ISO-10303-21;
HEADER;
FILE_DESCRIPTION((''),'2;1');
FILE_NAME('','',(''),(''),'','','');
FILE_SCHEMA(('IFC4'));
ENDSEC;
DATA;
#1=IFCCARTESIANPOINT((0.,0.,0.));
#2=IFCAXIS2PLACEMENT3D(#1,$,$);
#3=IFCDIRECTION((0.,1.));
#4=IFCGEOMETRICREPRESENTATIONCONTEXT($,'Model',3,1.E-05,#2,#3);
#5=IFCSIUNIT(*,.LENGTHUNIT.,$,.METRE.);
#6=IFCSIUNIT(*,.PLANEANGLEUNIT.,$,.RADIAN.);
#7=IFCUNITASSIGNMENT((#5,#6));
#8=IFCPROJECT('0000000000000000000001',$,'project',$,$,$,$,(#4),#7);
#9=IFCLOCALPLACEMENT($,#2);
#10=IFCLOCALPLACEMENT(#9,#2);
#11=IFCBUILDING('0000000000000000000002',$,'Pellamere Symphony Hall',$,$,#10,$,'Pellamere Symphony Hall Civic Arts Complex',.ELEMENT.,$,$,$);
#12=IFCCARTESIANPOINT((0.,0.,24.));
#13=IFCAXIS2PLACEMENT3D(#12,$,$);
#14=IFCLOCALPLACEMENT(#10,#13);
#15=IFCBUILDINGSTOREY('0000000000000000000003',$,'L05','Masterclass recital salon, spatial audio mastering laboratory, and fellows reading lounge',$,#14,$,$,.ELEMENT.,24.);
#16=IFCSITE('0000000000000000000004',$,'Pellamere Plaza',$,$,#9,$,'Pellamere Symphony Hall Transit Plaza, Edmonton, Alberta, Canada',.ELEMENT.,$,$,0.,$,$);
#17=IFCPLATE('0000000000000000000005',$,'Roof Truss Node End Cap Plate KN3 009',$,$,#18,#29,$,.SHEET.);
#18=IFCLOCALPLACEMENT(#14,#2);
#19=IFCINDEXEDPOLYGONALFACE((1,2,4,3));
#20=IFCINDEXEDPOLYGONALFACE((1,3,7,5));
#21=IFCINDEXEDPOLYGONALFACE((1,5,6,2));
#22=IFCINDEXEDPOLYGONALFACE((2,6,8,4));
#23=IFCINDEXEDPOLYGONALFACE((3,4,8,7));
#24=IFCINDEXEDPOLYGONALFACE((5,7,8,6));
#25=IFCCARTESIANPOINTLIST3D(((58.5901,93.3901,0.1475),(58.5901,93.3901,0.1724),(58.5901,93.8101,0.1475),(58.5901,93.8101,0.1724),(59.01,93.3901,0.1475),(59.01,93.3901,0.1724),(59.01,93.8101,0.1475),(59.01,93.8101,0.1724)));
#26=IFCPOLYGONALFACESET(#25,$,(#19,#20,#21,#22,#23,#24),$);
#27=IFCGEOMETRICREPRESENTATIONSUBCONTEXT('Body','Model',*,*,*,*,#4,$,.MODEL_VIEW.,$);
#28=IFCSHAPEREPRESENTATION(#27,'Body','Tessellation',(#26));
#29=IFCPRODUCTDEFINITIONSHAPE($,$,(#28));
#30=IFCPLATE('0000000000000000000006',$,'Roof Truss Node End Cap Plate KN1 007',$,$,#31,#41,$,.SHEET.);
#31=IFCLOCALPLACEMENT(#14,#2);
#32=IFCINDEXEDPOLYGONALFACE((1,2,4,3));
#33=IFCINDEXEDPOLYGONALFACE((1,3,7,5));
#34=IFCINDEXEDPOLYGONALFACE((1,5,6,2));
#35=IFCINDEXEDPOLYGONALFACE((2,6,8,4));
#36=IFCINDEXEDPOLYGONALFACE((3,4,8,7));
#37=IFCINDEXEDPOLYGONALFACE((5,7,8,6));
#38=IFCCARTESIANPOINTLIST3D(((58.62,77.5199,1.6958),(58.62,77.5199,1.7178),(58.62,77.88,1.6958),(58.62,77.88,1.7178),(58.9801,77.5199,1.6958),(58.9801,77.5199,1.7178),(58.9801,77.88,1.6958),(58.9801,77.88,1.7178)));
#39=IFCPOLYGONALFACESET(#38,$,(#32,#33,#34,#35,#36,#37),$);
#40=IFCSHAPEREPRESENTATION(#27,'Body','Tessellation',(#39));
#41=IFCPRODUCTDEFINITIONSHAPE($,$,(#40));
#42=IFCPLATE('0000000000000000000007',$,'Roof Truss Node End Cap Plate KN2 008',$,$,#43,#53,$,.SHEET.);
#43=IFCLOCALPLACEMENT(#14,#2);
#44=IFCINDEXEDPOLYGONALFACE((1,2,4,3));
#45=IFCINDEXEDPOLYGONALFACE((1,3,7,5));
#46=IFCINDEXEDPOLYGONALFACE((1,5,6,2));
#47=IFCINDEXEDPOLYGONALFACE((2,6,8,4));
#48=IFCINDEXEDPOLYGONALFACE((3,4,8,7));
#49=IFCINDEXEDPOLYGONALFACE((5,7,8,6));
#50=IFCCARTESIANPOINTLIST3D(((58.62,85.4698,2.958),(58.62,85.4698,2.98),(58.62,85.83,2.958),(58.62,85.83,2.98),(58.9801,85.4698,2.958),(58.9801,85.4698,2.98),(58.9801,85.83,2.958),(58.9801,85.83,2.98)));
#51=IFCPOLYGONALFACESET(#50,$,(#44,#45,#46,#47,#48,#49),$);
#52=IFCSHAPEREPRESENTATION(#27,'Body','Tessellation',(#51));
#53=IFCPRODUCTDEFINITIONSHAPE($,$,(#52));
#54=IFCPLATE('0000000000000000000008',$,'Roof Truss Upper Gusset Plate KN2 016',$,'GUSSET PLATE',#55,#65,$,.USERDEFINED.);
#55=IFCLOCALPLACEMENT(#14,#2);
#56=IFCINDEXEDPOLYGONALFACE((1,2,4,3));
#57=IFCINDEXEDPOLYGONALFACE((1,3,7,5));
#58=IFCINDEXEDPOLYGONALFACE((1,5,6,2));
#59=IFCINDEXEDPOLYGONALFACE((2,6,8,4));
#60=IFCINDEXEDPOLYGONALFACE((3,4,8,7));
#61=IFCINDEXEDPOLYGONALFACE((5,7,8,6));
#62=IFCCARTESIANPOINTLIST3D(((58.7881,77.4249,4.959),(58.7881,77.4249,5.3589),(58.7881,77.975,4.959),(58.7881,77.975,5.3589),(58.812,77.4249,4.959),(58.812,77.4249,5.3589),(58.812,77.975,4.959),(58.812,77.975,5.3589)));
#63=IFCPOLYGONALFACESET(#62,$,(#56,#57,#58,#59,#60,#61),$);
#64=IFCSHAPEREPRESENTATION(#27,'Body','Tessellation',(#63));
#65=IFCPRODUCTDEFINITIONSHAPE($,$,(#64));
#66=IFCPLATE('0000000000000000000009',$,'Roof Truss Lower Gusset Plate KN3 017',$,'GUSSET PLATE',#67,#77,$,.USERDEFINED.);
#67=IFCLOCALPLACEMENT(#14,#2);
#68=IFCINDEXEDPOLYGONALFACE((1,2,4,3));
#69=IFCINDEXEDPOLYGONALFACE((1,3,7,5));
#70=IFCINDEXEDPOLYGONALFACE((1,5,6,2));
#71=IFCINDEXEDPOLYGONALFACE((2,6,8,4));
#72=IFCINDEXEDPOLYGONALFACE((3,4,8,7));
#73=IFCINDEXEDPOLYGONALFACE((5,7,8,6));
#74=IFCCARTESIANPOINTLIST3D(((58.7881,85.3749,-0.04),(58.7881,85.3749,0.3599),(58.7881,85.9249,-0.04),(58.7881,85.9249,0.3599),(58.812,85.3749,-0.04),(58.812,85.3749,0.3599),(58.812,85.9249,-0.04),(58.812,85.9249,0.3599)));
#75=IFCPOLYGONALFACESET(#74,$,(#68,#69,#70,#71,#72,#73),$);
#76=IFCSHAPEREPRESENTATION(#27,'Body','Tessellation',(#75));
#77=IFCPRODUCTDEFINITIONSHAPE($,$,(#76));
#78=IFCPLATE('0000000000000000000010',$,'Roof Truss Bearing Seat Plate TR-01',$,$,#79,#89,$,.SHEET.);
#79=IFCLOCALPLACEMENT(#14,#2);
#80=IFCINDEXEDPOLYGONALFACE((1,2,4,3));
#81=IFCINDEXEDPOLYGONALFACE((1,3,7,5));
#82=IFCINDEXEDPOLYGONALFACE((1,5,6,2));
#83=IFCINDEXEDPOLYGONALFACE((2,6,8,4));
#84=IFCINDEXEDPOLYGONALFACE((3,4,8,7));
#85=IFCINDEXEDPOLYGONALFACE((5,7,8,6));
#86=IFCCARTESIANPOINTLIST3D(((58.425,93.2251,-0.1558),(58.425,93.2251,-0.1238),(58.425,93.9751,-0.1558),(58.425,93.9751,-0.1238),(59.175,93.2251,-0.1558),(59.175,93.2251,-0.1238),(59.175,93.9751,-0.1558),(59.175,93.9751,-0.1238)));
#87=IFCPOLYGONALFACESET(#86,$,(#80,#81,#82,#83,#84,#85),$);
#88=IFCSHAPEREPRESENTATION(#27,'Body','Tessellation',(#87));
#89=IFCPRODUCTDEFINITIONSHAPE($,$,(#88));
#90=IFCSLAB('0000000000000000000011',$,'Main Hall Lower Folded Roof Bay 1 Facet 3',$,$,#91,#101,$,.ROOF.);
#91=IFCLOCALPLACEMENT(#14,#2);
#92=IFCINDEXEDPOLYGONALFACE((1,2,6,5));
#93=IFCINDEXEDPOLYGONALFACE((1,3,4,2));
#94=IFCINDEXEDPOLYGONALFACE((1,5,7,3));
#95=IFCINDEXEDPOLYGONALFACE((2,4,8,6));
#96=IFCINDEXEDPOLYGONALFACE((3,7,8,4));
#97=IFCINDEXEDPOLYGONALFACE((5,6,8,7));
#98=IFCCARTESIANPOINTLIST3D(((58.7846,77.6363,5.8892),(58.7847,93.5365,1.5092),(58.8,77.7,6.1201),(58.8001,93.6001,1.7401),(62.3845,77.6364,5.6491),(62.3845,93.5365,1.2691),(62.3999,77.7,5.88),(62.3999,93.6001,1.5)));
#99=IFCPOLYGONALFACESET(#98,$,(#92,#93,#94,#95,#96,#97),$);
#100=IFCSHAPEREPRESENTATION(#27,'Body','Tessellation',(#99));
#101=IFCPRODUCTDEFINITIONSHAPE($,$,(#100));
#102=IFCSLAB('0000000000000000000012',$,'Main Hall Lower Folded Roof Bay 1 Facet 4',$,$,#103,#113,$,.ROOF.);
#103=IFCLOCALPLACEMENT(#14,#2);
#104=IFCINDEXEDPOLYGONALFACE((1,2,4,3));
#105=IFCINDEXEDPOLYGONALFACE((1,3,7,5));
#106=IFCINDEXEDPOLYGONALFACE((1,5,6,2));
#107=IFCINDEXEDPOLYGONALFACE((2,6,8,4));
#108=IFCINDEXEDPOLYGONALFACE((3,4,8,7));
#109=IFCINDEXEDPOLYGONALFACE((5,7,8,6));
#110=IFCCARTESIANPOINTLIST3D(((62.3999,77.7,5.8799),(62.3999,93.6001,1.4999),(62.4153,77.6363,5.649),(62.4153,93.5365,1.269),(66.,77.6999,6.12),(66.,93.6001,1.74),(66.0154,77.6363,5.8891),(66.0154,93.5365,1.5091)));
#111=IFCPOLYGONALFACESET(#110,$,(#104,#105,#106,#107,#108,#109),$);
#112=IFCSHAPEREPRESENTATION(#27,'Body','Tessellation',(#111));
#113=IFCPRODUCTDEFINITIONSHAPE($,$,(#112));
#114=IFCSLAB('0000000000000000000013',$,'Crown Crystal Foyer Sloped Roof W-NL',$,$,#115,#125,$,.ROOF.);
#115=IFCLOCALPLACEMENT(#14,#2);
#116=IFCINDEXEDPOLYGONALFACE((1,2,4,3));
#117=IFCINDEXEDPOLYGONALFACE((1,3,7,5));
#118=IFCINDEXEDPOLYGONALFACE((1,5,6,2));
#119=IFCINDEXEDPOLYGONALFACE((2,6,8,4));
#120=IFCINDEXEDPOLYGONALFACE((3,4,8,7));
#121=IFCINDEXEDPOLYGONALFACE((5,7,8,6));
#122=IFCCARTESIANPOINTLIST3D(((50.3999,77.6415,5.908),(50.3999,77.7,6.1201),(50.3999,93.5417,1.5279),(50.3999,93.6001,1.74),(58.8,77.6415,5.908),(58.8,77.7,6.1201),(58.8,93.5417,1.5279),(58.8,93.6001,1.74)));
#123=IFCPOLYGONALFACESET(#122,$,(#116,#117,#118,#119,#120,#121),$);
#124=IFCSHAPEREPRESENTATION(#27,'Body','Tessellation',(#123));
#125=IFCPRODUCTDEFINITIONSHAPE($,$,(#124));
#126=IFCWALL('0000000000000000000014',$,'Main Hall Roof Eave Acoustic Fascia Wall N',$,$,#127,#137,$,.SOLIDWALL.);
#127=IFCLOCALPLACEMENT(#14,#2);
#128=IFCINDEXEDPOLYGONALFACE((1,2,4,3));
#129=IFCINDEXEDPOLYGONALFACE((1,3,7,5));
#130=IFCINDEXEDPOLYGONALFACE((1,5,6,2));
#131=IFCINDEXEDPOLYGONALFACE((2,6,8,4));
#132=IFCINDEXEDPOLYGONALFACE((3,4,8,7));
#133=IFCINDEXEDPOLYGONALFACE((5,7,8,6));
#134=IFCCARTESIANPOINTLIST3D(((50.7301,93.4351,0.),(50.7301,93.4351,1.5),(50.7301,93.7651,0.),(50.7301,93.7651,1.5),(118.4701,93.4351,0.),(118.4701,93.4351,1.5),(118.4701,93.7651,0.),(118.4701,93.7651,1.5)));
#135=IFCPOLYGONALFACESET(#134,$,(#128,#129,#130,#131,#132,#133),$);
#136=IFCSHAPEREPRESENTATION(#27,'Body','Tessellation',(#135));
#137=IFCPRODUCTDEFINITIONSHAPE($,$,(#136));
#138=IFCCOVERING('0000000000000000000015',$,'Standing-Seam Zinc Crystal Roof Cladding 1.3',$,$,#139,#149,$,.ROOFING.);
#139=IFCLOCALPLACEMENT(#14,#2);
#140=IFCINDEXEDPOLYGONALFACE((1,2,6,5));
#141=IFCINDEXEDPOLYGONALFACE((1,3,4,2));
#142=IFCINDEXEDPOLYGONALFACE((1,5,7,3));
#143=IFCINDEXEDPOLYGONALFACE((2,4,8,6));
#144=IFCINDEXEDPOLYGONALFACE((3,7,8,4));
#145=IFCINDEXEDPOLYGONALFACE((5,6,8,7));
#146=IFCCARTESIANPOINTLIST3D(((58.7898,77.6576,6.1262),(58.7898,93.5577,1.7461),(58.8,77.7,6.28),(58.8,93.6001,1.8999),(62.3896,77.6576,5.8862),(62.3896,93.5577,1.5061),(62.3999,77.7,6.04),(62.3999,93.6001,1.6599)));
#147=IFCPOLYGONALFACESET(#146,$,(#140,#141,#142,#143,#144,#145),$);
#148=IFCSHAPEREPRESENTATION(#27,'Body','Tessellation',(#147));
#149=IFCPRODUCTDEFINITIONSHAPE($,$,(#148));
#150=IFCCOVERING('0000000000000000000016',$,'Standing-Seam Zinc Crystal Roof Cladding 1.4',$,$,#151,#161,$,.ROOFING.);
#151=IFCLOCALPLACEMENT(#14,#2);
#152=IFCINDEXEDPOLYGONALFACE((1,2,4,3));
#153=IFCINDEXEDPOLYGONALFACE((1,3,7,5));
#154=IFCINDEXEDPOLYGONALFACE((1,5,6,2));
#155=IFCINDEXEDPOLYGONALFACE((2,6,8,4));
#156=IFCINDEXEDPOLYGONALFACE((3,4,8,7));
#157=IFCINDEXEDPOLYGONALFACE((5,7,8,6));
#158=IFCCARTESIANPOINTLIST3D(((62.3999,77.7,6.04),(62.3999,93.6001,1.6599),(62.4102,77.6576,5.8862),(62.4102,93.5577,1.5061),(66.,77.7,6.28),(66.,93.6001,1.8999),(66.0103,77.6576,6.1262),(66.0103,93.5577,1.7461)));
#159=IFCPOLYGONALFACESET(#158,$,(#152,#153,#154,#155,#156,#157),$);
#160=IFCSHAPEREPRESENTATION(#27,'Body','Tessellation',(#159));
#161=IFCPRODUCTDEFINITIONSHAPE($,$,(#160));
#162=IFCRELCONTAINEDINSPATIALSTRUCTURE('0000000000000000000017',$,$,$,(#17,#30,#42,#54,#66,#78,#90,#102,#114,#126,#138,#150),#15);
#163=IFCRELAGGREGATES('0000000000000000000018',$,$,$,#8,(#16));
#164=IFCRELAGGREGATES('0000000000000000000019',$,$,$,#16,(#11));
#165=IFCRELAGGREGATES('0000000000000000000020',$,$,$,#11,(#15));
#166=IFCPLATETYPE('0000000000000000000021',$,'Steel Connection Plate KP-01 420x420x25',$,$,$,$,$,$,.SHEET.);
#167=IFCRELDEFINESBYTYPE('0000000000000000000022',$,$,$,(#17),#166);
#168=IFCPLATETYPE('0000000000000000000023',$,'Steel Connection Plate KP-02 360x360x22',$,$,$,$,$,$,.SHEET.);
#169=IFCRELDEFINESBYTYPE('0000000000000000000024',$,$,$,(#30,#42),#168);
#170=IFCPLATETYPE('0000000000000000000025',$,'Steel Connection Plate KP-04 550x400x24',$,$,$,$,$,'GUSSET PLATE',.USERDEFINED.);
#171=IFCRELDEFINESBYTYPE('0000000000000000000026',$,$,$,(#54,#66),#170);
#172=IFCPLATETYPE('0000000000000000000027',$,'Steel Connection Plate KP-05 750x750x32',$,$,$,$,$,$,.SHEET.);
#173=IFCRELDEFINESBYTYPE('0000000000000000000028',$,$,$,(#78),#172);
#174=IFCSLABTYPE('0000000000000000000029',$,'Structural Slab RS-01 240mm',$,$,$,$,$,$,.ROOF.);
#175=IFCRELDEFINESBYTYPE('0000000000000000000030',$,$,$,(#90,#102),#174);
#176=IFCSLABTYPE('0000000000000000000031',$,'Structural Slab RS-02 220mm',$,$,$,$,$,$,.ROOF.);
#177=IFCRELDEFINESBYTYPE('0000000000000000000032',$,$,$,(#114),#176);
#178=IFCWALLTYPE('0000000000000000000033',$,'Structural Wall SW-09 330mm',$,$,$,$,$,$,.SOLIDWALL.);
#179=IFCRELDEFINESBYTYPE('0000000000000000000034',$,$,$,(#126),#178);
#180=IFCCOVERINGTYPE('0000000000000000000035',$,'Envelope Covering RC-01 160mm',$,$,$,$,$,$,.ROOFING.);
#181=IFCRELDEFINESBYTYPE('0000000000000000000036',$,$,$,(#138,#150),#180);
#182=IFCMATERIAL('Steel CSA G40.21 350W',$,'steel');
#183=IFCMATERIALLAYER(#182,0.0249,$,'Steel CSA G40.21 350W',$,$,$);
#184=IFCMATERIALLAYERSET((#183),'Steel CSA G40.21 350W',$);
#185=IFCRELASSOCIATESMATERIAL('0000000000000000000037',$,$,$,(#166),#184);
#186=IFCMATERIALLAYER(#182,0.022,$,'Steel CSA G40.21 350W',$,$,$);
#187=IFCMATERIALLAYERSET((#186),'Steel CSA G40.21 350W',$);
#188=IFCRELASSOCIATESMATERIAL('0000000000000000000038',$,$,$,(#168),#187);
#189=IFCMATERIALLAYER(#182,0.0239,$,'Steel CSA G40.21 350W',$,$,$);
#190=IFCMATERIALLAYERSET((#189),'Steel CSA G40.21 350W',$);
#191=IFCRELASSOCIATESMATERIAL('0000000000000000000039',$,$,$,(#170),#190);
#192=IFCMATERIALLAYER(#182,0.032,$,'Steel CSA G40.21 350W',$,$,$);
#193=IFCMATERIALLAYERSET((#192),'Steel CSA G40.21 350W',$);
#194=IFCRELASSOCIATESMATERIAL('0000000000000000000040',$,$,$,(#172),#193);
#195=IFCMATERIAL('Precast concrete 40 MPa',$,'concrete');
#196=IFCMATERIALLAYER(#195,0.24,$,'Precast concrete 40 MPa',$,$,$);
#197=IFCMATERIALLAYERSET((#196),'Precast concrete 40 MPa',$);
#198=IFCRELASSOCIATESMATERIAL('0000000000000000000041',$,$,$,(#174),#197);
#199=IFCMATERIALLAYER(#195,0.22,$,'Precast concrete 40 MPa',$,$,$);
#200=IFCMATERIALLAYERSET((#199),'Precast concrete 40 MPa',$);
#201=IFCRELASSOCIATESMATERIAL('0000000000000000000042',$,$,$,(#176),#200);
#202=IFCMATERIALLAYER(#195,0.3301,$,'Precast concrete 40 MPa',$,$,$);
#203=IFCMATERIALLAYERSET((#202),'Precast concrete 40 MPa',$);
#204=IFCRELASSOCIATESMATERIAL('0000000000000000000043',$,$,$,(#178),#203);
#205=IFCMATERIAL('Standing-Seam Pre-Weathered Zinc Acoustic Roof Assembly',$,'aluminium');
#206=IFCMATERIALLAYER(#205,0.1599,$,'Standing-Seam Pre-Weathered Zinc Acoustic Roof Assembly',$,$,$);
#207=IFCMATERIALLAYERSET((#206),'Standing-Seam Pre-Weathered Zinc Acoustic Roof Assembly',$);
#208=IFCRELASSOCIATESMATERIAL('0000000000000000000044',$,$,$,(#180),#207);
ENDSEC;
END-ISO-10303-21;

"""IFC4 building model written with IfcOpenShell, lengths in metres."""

from ifc_helpers import new_model, si_unit, direction, frame, frame_2d, origin, origin_2d, place, context, subcontext, project, spatial, polyline, rectangle, outline, extrude, material, layer, layer_set, type_object, element, save


model = new_model("IFC4")

# Units and contexts
model_context = context("Model", 3, precision=1e-05, world=origin(), true_north=direction((0.0, 1.0)))
body_context = subcontext(model_context, "Body", "Model", "MODEL_VIEW")
ifc_project = project(units=[si_unit("LENGTHUNIT", "METRE"), si_unit("PLANEANGLEUNIT", "RADIAN")], contexts=[model_context])

# Site, building, storey
site_placement = place(None, origin())
site = spatial("IfcSite", under=ifc_project, at=site_placement, Name="Pellamere Plaza", LongName="Pellamere Symphony Hall Transit Plaza, Edmonton, Alberta, Canada", CompositionType="ELEMENT", RefElevation=0.0)
building_placement = place(site_placement, origin())
building = spatial("IfcBuilding", under=site, at=building_placement, Name="Pellamere Symphony Hall", LongName="Pellamere Symphony Hall Civic Arts Complex", CompositionType="ELEMENT")
storey_placement = place(building_placement, frame((0.0, 0.0, 24.0)))
storey = spatial("IfcBuildingStorey", under=building, at=storey_placement, Name="L05", Description="Masterclass recital salon, spatial audio mastering laboratory, and fellows reading lounge", CompositionType="ELEMENT", Elevation=24.0)

# Shared definitions
ifc_material_1 = material(Name="Steel CSA G40.21 350W", Category="steel")

# Plates
ifc_layer_1 = layer(ifc_material_1, 0.0249, Name="Steel CSA G40.21 350W")
ifc_layer_set_1 = layer_set([ifc_layer_1], Name="Steel CSA G40.21 350W")
plate_type_1 = type_object("IfcPlateType", Name="Steel Connection Plate KP-01 420x420x25", PredefinedType="SHEET", material=ifc_layer_set_1)
plate_1_placement = place(storey_placement, frame((58.8, 93.6001, 0.1475), z_axis=(0.0, 0.0, 1.0), x_axis=(1.0, 0.0, 0.0)))
element("IfcPlate", 1, at=plate_1_placement, inside=storey, type_object=plate_type_1, Name="Roof Truss Node End Cap Plate KN3 009", PredefinedType="SHEET", context=body_context, shape_type="SweptSolid", body=[
    extrude(rectangle(XDim=0.4199, YDim=0.4199, at=origin_2d()), origin(), (0.0, 0.0, 1.0), 0.0249),
])
ifc_layer_2 = layer(ifc_material_1, 0.022, Name="Steel CSA G40.21 350W")
ifc_layer_set_2 = layer_set([ifc_layer_2], Name="Steel CSA G40.21 350W")
plate_type_2 = type_object("IfcPlateType", Name="Steel Connection Plate KP-02 360x360x22", PredefinedType="SHEET", material=ifc_layer_set_2)
for number, where, z_axis, x_axis, name in (
    (2, (58.8, 77.7, 1.6958), (0.0, 0.0, 1.0), (1.0, 0.0, 0.0), "Roof Truss Node End Cap Plate KN1 007"),
    (3, (58.8, 85.6499, 2.958), (0.0, 0.0, 1.0), (1.0, 0.0, 0.0), "Roof Truss Node End Cap Plate KN2 008"),
):
    element("IfcPlate", number, at=place(storey_placement, frame(where, z_axis=z_axis, x_axis=x_axis)), inside=storey, type_object=plate_type_2, Name=name, PredefinedType="SHEET", context=body_context, shape_type="SweptSolid", body=[
        extrude(rectangle(XDim=0.3601, YDim=0.3601, at=origin_2d()), origin(), (0.0, 0.0, 1.0), 0.022),
    ])
ifc_layer_3 = layer(ifc_material_1, 0.0239, Name="Steel CSA G40.21 350W")
ifc_layer_set_3 = layer_set([ifc_layer_3], Name="Steel CSA G40.21 350W")
plate_type_3 = type_object("IfcPlateType", Name="Steel Connection Plate KP-04 550x400x24", ElementType="GUSSET PLATE", PredefinedType="USERDEFINED", material=ifc_layer_set_3)
for number, where, z_axis, x_axis, name in (
    (4, (58.8, 77.7, 4.959), (0.0, 0.0, 1.0), (1.0, 0.0, 0.0), "Roof Truss Upper Gusset Plate KN2 016"),
    (5, (58.8, 85.6499, -0.04), (0.0, 0.0, 1.0), (1.0, 0.0, 0.0), "Roof Truss Lower Gusset Plate KN3 017"),
):
    element("IfcPlate", number, at=place(storey_placement, frame(where, z_axis=z_axis, x_axis=x_axis)), inside=storey, type_object=plate_type_3, Name=name, ObjectType="GUSSET PLATE", PredefinedType="USERDEFINED", context=body_context, shape_type="SweptSolid", body=[
        extrude(rectangle(XDim=0.0239, YDim=0.55, at=origin_2d()), origin(), (0.0, 0.0, 1.0), 0.3999),
    ])
ifc_layer_4 = layer(ifc_material_1, 0.032, Name="Steel CSA G40.21 350W")
ifc_layer_set_4 = layer_set([ifc_layer_4], Name="Steel CSA G40.21 350W")
plate_type_4 = type_object("IfcPlateType", Name="Steel Connection Plate KP-05 750x750x32", PredefinedType="SHEET", material=ifc_layer_set_4)
plate_2_placement = place(storey_placement, frame((58.8, 93.6001, -0.1558), z_axis=(0.0, 0.0, 1.0), x_axis=(1.0, 0.0, 0.0)))
element("IfcPlate", 6, at=plate_2_placement, inside=storey, type_object=plate_type_4, Name="Roof Truss Bearing Seat Plate TR-01", PredefinedType="SHEET", context=body_context, shape_type="SweptSolid", body=[
    extrude(rectangle(XDim=0.75, YDim=0.75, at=origin_2d()), origin(), (0.0, 0.0, 1.0), 0.032),
])

# Slabs
ifc_material_2 = material(Name="Precast concrete 40 MPa", Category="concrete")
ifc_layer_5 = layer(ifc_material_2, 0.24, Name="Precast concrete 40 MPa")
ifc_layer_set_5 = layer_set([ifc_layer_5], Name="Precast concrete 40 MPa")
slab_type_1 = type_object("IfcSlabType", Name="Structural Slab RS-01 240mm", PredefinedType="ROOF", material=ifc_layer_set_5)
slab_1_placement = place(storey_placement, frame((58.8, 77.7, 6.1201), z_axis=(0.064173, 0.26503, 0.962102), x_axis=(0.997783, 0.000009, -0.066555)))
element("IfcSlab", 7, at=slab_1_placement, inside=storey, type_object=slab_type_1, Name="Main Hall Lower Folded Roof Bay 1 Facet 3", PredefinedType="ROOF", context=body_context, shape_type="SweptSolid", body=[
    extrude(outline(polyline([(0.0, 0.0), (3.6079, 0.0), (3.8995, 16.4898), (0.2917, 16.4898), (0.0, 0.0)])), origin(), (0.0, 0.0, -1.0), 0.24),
])
slab_2_placement = place(storey_placement, frame((62.3999, 77.7, 5.8799), z_axis=(-0.064168, 0.26503, 0.962103), x_axis=(0.997783, -0.000009, 0.066551)))
element("IfcSlab", 8, at=slab_2_placement, inside=storey, type_object=slab_type_1, Name="Main Hall Lower Folded Roof Bay 1 Facet 4", PredefinedType="ROOF", context=body_context, shape_type="SweptSolid", body=[
    extrude(outline(polyline([(0.0, 0.0), (3.6081, 0.0), (3.3165, 16.4898), (-0.2916, 16.4898), (0.0, 0.0)])), origin(), (0.0, 0.0, -1.0), 0.24),
])
ifc_layer_6 = layer(ifc_material_2, 0.22, Name="Precast concrete 40 MPa")
ifc_layer_set_6 = layer_set([ifc_layer_6], Name="Precast concrete 40 MPa")
slab_type_2 = type_object("IfcSlabType", Name="Structural Slab RS-02 220mm", PredefinedType="ROOF", material=ifc_layer_set_6)
slab_3_placement = place(storey_placement, frame((50.3999, 77.7, 6.1201), z_axis=(0.0, 0.265584, 0.964088), x_axis=(1.0, 0.0, 0.0)))
element("IfcSlab", 9, at=slab_3_placement, inside=storey, type_object=slab_type_2, Name="Crown Crystal Foyer Sloped Roof W-NL", PredefinedType="ROOF", context=body_context, shape_type="SweptSolid", body=[
    extrude(outline(polyline([(0.0, 0.0), (8.4001, 0.0), (8.4001, 16.4924), (0.0, 16.4924), (0.0, 0.0)])), origin(), (0.0, 0.0, -1.0), 0.22),
])

# Wall
ifc_layer_7 = layer(ifc_material_2, 0.3301, Name="Precast concrete 40 MPa")
ifc_layer_set_7 = layer_set([ifc_layer_7], Name="Precast concrete 40 MPa")
wall_type = type_object("IfcWallType", Name="Structural Wall SW-09 330mm", PredefinedType="SOLIDWALL", material=ifc_layer_set_7)
wall_placement = place(storey_placement, frame((50.73, 93.6001, 0.0), z_axis=(0.0, 0.0, 1.0), x_axis=(1.0, 0.0, 0.0)))
element("IfcWall", 10, at=wall_placement, inside=storey, type_object=wall_type, Name="Main Hall Roof Eave Acoustic Fascia Wall N", PredefinedType="SOLIDWALL", context=body_context, shape_type="SweptSolid", body=[
    extrude(rectangle(XDim=67.74, YDim=0.3301, at=frame_2d((33.8701, 0.0))), origin(), (0.0, 0.0, 1.0), 1.5),
])

# Coverings
ifc_material_3 = material(Name="Standing-Seam Pre-Weathered Zinc Acoustic Roof Assembly", Category="aluminium")
ifc_layer_8 = layer(ifc_material_3, 0.1599, Name="Standing-Seam Pre-Weathered Zinc Acoustic Roof Assembly")
ifc_layer_set_8 = layer_set([ifc_layer_8], Name="Standing-Seam Pre-Weathered Zinc Acoustic Roof Assembly")
covering_type = type_object("IfcCoveringType", Name="Envelope Covering RC-01 160mm", PredefinedType="ROOFING", material=ifc_layer_set_8)
covering_1_placement = place(storey_placement, frame((58.8, 77.7, 6.28), z_axis=(0.06414, 0.265037, 0.962103), x_axis=(0.997785, 0.0, -0.066519)))
element("IfcCovering", 11, at=covering_1_placement, inside=storey, type_object=covering_type, Name="Standing-Seam Zinc Crystal Roof Cladding 1.3", PredefinedType="ROOFING", context=body_context, shape_type="SweptSolid", body=[
    extrude(outline(polyline([(0.0, 0.0), (3.6078, 0.0), (3.8992, 16.4899), (0.2914, 16.4899), (0.0, 0.0)])), origin(), (0.0, 0.0, -1.0), 0.1599),
])
covering_2_placement = place(storey_placement, frame((62.3999, 77.7, 6.04), z_axis=(-0.064136, 0.265037, 0.962103), x_axis=(0.997785, 0.0, 0.066515)))
element("IfcCovering", 12, at=covering_2_placement, inside=storey, type_object=covering_type, Name="Standing-Seam Zinc Crystal Roof Cladding 1.4", PredefinedType="ROOFING", context=body_context, shape_type="SweptSolid", body=[
    extrude(outline(polyline([(0.0, 0.0), (3.6081, 0.0), (3.3167, 16.4899), (-0.2913, 16.4899), (0.0, 0.0)])), origin(), (0.0, 0.0, -1.0), 0.1599),
])

save(model, "model.ifc")
